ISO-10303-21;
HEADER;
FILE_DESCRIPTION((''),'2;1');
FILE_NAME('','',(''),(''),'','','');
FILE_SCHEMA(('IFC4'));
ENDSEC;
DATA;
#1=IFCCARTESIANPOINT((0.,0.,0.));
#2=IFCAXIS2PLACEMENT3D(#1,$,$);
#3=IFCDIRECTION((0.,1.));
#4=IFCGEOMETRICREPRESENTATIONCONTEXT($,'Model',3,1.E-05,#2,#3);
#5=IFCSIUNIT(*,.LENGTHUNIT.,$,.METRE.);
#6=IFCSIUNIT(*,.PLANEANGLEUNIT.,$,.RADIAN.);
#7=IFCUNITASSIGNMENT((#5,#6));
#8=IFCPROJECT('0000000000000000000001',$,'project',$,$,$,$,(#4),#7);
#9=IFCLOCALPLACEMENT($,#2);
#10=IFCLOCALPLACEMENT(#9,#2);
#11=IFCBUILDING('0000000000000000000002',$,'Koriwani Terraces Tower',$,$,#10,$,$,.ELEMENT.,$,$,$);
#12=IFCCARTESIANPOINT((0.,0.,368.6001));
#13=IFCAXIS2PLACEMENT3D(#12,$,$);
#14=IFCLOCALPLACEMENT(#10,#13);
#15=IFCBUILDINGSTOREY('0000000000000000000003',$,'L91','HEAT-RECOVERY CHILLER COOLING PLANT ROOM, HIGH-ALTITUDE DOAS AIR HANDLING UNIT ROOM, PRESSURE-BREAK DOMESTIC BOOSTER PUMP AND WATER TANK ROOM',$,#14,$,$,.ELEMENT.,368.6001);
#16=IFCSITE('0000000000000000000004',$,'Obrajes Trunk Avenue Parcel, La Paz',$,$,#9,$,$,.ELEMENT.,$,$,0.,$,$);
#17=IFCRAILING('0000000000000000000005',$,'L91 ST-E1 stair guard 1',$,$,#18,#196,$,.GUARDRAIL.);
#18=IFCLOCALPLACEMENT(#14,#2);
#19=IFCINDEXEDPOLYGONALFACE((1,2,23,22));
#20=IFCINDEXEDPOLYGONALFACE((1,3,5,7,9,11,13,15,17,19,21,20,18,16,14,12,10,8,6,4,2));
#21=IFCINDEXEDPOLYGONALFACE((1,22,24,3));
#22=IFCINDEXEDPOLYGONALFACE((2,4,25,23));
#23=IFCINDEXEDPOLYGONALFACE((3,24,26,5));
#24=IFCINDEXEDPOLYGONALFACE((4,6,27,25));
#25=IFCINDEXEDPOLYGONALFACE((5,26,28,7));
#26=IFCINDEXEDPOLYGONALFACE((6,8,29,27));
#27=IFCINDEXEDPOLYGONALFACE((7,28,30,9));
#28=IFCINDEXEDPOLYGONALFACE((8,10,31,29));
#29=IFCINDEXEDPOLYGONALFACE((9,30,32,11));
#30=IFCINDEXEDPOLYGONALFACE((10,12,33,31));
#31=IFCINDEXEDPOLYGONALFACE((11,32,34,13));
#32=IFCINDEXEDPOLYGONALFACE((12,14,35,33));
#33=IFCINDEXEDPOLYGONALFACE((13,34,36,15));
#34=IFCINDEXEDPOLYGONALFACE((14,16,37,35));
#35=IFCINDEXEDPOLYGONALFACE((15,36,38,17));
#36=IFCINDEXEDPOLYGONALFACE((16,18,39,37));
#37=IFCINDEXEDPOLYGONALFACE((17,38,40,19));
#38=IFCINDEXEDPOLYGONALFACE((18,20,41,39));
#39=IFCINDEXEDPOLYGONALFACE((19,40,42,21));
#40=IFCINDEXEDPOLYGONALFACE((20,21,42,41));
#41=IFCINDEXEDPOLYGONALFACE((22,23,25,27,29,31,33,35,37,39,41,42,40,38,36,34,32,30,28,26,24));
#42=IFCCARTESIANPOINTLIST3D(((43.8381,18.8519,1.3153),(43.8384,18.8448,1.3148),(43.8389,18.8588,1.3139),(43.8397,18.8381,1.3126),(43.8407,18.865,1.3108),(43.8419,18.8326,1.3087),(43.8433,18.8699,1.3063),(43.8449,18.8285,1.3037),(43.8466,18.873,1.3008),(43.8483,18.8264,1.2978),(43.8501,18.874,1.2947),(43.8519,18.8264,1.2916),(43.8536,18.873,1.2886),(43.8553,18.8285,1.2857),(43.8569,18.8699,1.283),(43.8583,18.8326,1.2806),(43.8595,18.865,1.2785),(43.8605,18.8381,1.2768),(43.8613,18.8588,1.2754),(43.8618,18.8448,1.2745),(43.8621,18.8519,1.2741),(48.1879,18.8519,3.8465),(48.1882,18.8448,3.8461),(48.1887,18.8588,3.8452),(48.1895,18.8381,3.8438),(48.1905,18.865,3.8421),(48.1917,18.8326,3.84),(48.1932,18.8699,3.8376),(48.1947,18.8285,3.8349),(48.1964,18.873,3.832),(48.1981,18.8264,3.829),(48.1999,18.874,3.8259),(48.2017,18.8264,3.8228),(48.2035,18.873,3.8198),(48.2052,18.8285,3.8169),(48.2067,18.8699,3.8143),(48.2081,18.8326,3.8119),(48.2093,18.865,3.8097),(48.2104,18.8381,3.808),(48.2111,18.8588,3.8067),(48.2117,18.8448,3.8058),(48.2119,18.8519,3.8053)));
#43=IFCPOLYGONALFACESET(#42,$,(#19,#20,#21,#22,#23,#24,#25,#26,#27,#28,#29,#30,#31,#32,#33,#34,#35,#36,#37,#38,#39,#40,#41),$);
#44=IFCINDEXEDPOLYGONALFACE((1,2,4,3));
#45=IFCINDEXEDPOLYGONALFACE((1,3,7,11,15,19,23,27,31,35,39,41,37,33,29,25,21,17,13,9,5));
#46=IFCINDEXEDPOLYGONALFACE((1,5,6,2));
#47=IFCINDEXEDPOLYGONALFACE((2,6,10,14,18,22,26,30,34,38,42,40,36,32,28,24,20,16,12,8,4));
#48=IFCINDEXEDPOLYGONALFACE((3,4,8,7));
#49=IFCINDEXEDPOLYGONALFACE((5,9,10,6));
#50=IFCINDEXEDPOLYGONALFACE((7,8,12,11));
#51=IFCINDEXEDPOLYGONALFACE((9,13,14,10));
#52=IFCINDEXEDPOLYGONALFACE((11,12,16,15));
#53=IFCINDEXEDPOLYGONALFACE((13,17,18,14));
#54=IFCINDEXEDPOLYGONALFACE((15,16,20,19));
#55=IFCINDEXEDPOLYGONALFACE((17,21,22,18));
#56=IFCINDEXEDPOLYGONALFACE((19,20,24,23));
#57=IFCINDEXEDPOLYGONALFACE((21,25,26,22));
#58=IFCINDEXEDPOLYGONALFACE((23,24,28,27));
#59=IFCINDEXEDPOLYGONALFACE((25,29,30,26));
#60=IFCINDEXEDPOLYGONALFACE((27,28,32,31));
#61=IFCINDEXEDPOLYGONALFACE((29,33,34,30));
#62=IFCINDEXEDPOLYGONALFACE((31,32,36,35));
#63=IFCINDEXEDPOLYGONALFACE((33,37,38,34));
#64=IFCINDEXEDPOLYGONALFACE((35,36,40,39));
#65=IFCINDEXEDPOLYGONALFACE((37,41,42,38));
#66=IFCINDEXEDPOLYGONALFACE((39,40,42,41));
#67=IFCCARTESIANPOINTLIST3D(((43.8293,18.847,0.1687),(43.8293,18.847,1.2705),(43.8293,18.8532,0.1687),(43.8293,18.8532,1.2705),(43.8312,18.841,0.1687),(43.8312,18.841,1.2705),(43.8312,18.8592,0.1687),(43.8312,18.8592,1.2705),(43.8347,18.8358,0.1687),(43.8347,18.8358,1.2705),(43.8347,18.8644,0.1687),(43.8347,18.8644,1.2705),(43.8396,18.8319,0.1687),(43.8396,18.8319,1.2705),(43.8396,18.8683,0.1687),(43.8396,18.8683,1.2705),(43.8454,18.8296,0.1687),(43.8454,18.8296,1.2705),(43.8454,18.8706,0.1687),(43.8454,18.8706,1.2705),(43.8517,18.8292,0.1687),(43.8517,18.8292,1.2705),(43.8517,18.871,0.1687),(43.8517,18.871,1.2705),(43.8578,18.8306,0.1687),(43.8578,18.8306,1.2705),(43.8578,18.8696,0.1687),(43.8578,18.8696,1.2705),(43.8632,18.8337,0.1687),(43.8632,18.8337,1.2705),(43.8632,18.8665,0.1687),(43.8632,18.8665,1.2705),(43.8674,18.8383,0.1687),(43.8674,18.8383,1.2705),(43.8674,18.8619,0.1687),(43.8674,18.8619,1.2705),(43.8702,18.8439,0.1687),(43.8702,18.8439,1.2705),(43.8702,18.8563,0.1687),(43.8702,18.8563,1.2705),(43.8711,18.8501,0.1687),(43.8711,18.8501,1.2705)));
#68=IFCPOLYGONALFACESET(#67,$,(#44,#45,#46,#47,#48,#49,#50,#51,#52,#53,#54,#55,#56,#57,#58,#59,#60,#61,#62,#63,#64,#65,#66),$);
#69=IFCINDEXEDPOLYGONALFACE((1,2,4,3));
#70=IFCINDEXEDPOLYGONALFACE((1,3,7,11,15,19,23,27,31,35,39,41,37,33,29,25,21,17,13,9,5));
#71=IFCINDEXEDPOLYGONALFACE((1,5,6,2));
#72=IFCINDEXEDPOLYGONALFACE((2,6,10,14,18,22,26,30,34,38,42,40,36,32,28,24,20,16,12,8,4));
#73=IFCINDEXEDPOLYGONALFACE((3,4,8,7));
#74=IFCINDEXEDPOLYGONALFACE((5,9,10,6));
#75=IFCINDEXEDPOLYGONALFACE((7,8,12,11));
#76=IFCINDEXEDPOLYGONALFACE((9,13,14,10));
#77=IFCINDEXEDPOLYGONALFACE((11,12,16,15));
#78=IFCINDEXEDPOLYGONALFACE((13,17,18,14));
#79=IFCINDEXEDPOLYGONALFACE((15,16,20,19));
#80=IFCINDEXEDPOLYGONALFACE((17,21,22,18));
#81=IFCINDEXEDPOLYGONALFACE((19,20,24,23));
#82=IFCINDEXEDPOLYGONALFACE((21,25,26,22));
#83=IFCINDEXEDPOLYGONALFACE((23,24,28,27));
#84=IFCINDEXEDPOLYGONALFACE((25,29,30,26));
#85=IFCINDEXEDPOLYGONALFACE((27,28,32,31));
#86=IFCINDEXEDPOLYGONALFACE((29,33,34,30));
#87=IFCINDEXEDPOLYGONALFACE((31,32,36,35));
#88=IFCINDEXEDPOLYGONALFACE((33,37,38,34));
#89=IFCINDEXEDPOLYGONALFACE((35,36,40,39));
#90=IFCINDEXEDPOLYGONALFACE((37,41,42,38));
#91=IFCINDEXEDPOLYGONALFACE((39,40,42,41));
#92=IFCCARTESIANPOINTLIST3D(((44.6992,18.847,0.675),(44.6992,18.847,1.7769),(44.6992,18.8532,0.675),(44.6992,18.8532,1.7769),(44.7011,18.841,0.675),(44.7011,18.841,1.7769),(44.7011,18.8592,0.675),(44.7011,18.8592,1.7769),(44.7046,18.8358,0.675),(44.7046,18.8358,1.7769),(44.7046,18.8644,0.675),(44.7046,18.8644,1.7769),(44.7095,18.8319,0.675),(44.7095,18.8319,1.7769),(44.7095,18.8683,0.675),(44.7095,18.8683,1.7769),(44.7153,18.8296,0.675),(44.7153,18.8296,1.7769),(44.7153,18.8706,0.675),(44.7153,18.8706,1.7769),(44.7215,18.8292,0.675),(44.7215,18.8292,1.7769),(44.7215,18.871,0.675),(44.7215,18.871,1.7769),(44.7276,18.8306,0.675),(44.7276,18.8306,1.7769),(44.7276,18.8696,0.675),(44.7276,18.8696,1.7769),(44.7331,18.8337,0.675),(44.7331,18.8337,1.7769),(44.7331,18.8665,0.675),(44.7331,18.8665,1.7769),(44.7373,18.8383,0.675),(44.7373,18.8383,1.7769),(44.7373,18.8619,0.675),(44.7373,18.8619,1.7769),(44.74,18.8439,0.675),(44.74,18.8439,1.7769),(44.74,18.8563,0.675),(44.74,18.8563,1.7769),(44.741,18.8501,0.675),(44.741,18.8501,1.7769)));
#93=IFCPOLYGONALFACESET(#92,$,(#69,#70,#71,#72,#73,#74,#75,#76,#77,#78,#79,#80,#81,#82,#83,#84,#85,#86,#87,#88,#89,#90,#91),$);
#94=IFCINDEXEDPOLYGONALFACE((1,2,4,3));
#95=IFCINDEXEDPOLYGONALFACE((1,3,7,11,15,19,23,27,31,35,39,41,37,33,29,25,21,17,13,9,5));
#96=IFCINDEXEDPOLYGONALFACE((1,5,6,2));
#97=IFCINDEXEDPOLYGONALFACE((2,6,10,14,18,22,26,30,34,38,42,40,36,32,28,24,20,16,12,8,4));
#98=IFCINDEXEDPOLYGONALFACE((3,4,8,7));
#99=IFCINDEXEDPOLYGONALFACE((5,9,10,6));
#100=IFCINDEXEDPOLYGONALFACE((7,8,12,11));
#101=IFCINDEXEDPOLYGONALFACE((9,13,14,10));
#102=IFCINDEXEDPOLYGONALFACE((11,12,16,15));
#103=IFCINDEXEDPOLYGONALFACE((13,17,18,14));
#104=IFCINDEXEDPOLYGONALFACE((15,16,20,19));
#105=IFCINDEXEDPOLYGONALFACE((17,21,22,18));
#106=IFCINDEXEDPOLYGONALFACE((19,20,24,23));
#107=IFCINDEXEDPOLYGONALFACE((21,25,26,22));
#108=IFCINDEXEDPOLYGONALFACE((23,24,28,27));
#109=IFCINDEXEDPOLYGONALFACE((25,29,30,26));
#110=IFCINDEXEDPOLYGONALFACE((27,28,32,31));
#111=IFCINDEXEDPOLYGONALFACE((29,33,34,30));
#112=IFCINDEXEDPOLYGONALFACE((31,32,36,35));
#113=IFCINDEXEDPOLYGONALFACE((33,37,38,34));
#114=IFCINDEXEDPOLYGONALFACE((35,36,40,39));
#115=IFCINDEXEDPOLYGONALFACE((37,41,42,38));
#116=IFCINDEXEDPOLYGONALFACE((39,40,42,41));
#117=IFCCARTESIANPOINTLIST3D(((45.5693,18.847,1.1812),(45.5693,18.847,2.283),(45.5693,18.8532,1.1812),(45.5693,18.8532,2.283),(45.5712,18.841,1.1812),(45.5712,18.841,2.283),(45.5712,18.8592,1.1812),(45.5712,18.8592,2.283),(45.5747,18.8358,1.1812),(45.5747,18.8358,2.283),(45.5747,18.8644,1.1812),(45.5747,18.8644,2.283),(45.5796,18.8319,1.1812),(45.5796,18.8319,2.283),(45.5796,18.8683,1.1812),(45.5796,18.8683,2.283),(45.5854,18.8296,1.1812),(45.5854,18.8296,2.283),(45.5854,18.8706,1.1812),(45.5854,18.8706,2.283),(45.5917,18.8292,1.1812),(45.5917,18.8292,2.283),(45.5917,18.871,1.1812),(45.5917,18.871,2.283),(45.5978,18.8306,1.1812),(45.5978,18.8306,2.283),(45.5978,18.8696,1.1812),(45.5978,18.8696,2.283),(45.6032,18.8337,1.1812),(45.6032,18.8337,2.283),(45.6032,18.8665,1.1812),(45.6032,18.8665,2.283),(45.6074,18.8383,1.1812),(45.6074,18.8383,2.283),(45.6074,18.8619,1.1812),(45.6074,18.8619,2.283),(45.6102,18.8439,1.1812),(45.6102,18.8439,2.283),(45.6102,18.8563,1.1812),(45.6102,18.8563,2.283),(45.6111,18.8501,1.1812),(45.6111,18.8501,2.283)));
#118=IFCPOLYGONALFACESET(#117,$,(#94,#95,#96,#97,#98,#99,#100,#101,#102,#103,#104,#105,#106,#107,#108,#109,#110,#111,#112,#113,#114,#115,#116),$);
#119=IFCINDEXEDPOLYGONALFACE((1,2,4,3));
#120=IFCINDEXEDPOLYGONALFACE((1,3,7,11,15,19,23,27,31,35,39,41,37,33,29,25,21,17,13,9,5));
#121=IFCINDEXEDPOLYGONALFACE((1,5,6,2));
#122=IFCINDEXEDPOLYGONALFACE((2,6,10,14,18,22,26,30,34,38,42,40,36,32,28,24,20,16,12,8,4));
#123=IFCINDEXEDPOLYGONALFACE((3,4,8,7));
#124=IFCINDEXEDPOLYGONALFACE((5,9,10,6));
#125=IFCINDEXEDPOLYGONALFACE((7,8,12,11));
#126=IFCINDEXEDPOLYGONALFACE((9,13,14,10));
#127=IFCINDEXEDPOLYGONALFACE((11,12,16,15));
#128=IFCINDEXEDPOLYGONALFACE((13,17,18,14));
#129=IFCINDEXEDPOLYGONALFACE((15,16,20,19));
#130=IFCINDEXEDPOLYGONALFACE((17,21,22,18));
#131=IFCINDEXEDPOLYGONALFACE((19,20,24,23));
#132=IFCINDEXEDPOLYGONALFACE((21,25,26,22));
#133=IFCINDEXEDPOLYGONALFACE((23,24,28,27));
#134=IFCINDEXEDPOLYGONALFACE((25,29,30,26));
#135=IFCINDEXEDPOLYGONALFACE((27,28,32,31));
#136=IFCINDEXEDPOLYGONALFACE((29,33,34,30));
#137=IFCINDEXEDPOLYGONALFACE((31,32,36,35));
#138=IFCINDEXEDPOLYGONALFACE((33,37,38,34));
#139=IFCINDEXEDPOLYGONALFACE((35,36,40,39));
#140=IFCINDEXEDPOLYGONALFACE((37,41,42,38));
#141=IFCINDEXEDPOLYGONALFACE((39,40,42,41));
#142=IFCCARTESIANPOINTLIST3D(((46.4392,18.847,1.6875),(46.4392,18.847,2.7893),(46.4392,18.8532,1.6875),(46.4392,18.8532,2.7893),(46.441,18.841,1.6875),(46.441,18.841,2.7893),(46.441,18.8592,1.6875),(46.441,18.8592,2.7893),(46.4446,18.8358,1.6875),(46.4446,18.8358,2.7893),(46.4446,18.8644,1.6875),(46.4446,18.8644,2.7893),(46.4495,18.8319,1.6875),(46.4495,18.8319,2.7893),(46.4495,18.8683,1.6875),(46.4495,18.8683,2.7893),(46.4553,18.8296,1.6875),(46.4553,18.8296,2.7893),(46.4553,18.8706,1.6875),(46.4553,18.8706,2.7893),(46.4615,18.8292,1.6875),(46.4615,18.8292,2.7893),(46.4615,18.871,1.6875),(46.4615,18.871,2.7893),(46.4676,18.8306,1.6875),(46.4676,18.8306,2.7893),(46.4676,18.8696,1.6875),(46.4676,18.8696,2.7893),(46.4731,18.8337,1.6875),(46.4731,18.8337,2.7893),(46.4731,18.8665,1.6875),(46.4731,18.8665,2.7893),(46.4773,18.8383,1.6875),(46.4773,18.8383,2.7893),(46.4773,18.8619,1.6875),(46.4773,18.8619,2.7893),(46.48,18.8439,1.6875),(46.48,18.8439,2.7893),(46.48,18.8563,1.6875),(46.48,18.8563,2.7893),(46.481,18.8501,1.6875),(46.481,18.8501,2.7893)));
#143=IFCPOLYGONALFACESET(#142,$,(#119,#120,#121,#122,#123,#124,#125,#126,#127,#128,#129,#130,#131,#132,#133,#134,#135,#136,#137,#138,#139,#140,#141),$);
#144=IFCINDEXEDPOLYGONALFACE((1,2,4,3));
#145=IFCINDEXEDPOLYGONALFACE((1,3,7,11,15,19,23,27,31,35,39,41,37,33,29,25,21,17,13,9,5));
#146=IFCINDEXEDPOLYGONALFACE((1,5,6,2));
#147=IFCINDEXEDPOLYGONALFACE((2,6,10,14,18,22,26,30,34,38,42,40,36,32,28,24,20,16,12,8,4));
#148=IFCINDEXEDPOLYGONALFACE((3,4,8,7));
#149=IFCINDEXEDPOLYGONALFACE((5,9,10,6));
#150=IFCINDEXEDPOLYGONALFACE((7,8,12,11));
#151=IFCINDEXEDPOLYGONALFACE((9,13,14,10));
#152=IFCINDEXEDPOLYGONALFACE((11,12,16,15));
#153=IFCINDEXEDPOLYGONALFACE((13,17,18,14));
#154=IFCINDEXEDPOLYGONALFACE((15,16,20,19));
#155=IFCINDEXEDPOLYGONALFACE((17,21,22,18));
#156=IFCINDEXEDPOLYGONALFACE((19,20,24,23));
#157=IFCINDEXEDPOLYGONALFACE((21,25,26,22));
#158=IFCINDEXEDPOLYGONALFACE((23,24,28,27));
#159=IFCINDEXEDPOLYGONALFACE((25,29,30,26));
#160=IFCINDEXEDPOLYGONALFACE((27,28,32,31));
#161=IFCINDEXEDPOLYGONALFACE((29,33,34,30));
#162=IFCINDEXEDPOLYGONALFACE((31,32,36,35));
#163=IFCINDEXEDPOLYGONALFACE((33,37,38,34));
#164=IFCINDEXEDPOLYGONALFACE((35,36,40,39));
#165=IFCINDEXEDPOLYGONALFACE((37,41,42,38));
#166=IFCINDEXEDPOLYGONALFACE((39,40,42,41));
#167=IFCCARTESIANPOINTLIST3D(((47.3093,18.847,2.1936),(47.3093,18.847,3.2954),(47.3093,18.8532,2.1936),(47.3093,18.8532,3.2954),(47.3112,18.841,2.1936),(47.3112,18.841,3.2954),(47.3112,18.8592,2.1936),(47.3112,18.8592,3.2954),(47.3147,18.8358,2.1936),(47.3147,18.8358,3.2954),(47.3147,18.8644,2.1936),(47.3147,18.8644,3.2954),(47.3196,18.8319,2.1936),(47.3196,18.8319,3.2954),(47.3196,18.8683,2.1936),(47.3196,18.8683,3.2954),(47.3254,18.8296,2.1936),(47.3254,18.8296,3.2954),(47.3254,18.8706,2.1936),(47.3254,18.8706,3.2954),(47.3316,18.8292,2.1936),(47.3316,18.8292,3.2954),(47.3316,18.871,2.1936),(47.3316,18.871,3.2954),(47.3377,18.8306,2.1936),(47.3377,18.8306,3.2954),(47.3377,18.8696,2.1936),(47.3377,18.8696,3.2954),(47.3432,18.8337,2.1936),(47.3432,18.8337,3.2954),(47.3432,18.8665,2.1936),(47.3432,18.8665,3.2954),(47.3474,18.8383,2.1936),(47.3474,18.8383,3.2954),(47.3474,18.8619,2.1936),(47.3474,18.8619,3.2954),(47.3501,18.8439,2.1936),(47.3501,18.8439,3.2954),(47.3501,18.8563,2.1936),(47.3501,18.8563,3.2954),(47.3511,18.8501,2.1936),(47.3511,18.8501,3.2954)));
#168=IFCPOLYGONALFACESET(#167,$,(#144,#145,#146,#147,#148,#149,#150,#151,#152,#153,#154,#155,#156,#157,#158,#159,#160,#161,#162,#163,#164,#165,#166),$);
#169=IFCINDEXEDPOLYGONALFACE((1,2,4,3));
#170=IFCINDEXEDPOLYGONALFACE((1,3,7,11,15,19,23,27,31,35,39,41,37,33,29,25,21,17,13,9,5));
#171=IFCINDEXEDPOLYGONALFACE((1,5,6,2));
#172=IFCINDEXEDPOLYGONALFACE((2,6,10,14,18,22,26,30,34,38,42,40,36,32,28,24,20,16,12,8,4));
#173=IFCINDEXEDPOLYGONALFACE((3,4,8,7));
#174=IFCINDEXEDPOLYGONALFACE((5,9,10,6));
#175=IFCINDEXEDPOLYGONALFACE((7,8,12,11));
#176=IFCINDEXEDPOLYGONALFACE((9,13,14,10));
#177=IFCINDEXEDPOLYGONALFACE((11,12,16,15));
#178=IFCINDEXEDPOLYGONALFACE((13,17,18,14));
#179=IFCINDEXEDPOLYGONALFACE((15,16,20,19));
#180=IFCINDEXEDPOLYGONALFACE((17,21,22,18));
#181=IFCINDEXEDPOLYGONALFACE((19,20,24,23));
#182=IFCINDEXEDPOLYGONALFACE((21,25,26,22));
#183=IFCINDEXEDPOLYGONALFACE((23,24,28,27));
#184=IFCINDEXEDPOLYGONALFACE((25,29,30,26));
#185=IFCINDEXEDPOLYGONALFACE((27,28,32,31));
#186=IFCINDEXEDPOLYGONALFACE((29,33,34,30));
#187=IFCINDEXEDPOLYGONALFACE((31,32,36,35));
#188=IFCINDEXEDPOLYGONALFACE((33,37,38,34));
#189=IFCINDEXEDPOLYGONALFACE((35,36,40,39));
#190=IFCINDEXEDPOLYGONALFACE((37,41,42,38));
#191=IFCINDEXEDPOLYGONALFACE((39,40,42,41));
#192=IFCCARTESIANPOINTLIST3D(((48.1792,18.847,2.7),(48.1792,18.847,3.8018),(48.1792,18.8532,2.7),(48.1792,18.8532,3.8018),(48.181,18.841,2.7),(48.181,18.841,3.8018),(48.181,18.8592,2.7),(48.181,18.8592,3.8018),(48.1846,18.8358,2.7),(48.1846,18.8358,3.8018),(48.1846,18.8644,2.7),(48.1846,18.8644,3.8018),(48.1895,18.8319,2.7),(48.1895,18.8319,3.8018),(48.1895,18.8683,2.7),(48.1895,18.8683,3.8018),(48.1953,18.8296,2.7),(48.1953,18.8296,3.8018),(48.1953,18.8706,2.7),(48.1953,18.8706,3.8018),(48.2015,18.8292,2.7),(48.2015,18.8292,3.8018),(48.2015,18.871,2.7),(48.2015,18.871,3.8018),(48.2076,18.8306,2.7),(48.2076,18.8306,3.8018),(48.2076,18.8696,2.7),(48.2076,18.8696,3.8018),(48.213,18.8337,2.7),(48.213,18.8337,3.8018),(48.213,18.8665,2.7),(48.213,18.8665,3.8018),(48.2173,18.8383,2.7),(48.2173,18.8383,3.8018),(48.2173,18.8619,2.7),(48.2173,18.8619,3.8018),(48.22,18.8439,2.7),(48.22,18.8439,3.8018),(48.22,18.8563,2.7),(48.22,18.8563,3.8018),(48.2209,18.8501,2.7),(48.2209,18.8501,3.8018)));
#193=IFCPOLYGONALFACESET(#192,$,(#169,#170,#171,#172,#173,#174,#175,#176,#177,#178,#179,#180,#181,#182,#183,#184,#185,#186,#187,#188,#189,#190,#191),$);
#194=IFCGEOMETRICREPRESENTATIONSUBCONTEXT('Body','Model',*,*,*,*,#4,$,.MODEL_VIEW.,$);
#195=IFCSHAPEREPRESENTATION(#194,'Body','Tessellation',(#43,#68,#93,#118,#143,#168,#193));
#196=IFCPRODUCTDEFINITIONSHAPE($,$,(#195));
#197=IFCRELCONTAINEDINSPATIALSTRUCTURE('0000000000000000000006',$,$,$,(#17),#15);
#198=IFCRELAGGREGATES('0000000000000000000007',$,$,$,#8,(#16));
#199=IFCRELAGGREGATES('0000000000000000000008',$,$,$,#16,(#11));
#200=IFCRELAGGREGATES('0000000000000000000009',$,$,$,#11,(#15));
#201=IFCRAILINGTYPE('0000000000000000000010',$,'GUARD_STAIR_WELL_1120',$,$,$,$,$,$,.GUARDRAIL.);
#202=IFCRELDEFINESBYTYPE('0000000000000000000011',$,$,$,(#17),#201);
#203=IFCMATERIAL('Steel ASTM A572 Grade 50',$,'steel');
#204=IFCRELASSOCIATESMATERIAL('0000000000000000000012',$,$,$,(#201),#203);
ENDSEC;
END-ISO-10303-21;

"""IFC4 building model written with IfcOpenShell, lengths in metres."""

from ifc_helpers import new_model, si_unit, direction, frame, origin, origin_2d, place, context, subcontext, project, spatial, circle, extrude, material, type_object, element, save


model = new_model("IFC4")

# Units and contexts
model_context = context("Model", 3, precision=1e-05, world=origin(), true_north=direction((0.0, 1.0)))
body_context = subcontext(model_context, "Body", "Model", "MODEL_VIEW")
ifc_project = project(units=[si_unit("LENGTHUNIT", "METRE"), si_unit("PLANEANGLEUNIT", "RADIAN")], contexts=[model_context])

# Site, building, storey
site_placement = place(None, origin())
site = spatial("IfcSite", under=ifc_project, at=site_placement, Name="Obrajes Trunk Avenue Parcel, La Paz", CompositionType="ELEMENT", RefElevation=0.0)
building_placement = place(site_placement, origin())
building = spatial("IfcBuilding", under=site, at=building_placement, Name="Koriwani Terraces Tower", CompositionType="ELEMENT")
storey_placement = place(building_placement, frame((0.0, 0.0, 368.6001)))
storey = spatial("IfcBuildingStorey", under=building, at=storey_placement, Name="L91", Description="HEAT-RECOVERY CHILLER COOLING PLANT ROOM, HIGH-ALTITUDE DOAS AIR HANDLING UNIT ROOM, PRESSURE-BREAK DOMESTIC BOOSTER PUMP AND WATER TANK ROOM", CompositionType="ELEMENT", Elevation=368.6001)

# Shared definitions
ifc_material_1 = material(Name="Steel ASTM A572 Grade 50", Category="steel")

# Railing
railing_type_1 = type_object("IfcRailingType", Name="GUARD_STAIR_WELL_1120", PredefinedType="GUARDRAIL", material=ifc_material_1)
railing_1_placement = place(storey_placement, frame((43.8501, 18.8501, 0.1687)))
element("IfcRailing", 1, at=railing_1_placement, inside=storey, type_object=railing_type_1, Name="L91 ST-E1 stair guard 1", PredefinedType="GUARDRAIL", context=body_context, shape_type="SweptSolid", body=[
    extrude(circle(Radius=0.0239, at=origin_2d()), frame((0.0, 0.0, 1.126), z_axis=(0.864312, 0.0, 0.502957), x_axis=(0.0, 1.0, 0.0)), (0.0, 0.0, 1.0), 5.0327),
    extrude(circle(Radius=0.021, at=origin_2d()), origin(), (0.0, 0.0, 1.0), 1.1018),
    extrude(circle(Radius=0.021, at=origin_2d()), frame((0.8699, 0.0, 0.5063)), (0.0, 0.0, 1.0), 1.1018),
    extrude(circle(Radius=0.021, at=origin_2d()), frame((1.74, 0.0, 1.0125)), (0.0, 0.0, 1.0), 1.1018),
    extrude(circle(Radius=0.021, at=origin_2d()), frame((2.6099, 0.0, 1.5188)), (0.0, 0.0, 1.0), 1.1018),
    extrude(circle(Radius=0.021, at=origin_2d()), frame((3.48, 0.0, 2.0249)), (0.0, 0.0, 1.0), 1.1018),
    extrude(circle(Radius=0.021, at=origin_2d()), frame((4.3499, 0.0, 2.5312)), (0.0, 0.0, 1.0), 1.1018),
])

save(model, "model.ifc")
